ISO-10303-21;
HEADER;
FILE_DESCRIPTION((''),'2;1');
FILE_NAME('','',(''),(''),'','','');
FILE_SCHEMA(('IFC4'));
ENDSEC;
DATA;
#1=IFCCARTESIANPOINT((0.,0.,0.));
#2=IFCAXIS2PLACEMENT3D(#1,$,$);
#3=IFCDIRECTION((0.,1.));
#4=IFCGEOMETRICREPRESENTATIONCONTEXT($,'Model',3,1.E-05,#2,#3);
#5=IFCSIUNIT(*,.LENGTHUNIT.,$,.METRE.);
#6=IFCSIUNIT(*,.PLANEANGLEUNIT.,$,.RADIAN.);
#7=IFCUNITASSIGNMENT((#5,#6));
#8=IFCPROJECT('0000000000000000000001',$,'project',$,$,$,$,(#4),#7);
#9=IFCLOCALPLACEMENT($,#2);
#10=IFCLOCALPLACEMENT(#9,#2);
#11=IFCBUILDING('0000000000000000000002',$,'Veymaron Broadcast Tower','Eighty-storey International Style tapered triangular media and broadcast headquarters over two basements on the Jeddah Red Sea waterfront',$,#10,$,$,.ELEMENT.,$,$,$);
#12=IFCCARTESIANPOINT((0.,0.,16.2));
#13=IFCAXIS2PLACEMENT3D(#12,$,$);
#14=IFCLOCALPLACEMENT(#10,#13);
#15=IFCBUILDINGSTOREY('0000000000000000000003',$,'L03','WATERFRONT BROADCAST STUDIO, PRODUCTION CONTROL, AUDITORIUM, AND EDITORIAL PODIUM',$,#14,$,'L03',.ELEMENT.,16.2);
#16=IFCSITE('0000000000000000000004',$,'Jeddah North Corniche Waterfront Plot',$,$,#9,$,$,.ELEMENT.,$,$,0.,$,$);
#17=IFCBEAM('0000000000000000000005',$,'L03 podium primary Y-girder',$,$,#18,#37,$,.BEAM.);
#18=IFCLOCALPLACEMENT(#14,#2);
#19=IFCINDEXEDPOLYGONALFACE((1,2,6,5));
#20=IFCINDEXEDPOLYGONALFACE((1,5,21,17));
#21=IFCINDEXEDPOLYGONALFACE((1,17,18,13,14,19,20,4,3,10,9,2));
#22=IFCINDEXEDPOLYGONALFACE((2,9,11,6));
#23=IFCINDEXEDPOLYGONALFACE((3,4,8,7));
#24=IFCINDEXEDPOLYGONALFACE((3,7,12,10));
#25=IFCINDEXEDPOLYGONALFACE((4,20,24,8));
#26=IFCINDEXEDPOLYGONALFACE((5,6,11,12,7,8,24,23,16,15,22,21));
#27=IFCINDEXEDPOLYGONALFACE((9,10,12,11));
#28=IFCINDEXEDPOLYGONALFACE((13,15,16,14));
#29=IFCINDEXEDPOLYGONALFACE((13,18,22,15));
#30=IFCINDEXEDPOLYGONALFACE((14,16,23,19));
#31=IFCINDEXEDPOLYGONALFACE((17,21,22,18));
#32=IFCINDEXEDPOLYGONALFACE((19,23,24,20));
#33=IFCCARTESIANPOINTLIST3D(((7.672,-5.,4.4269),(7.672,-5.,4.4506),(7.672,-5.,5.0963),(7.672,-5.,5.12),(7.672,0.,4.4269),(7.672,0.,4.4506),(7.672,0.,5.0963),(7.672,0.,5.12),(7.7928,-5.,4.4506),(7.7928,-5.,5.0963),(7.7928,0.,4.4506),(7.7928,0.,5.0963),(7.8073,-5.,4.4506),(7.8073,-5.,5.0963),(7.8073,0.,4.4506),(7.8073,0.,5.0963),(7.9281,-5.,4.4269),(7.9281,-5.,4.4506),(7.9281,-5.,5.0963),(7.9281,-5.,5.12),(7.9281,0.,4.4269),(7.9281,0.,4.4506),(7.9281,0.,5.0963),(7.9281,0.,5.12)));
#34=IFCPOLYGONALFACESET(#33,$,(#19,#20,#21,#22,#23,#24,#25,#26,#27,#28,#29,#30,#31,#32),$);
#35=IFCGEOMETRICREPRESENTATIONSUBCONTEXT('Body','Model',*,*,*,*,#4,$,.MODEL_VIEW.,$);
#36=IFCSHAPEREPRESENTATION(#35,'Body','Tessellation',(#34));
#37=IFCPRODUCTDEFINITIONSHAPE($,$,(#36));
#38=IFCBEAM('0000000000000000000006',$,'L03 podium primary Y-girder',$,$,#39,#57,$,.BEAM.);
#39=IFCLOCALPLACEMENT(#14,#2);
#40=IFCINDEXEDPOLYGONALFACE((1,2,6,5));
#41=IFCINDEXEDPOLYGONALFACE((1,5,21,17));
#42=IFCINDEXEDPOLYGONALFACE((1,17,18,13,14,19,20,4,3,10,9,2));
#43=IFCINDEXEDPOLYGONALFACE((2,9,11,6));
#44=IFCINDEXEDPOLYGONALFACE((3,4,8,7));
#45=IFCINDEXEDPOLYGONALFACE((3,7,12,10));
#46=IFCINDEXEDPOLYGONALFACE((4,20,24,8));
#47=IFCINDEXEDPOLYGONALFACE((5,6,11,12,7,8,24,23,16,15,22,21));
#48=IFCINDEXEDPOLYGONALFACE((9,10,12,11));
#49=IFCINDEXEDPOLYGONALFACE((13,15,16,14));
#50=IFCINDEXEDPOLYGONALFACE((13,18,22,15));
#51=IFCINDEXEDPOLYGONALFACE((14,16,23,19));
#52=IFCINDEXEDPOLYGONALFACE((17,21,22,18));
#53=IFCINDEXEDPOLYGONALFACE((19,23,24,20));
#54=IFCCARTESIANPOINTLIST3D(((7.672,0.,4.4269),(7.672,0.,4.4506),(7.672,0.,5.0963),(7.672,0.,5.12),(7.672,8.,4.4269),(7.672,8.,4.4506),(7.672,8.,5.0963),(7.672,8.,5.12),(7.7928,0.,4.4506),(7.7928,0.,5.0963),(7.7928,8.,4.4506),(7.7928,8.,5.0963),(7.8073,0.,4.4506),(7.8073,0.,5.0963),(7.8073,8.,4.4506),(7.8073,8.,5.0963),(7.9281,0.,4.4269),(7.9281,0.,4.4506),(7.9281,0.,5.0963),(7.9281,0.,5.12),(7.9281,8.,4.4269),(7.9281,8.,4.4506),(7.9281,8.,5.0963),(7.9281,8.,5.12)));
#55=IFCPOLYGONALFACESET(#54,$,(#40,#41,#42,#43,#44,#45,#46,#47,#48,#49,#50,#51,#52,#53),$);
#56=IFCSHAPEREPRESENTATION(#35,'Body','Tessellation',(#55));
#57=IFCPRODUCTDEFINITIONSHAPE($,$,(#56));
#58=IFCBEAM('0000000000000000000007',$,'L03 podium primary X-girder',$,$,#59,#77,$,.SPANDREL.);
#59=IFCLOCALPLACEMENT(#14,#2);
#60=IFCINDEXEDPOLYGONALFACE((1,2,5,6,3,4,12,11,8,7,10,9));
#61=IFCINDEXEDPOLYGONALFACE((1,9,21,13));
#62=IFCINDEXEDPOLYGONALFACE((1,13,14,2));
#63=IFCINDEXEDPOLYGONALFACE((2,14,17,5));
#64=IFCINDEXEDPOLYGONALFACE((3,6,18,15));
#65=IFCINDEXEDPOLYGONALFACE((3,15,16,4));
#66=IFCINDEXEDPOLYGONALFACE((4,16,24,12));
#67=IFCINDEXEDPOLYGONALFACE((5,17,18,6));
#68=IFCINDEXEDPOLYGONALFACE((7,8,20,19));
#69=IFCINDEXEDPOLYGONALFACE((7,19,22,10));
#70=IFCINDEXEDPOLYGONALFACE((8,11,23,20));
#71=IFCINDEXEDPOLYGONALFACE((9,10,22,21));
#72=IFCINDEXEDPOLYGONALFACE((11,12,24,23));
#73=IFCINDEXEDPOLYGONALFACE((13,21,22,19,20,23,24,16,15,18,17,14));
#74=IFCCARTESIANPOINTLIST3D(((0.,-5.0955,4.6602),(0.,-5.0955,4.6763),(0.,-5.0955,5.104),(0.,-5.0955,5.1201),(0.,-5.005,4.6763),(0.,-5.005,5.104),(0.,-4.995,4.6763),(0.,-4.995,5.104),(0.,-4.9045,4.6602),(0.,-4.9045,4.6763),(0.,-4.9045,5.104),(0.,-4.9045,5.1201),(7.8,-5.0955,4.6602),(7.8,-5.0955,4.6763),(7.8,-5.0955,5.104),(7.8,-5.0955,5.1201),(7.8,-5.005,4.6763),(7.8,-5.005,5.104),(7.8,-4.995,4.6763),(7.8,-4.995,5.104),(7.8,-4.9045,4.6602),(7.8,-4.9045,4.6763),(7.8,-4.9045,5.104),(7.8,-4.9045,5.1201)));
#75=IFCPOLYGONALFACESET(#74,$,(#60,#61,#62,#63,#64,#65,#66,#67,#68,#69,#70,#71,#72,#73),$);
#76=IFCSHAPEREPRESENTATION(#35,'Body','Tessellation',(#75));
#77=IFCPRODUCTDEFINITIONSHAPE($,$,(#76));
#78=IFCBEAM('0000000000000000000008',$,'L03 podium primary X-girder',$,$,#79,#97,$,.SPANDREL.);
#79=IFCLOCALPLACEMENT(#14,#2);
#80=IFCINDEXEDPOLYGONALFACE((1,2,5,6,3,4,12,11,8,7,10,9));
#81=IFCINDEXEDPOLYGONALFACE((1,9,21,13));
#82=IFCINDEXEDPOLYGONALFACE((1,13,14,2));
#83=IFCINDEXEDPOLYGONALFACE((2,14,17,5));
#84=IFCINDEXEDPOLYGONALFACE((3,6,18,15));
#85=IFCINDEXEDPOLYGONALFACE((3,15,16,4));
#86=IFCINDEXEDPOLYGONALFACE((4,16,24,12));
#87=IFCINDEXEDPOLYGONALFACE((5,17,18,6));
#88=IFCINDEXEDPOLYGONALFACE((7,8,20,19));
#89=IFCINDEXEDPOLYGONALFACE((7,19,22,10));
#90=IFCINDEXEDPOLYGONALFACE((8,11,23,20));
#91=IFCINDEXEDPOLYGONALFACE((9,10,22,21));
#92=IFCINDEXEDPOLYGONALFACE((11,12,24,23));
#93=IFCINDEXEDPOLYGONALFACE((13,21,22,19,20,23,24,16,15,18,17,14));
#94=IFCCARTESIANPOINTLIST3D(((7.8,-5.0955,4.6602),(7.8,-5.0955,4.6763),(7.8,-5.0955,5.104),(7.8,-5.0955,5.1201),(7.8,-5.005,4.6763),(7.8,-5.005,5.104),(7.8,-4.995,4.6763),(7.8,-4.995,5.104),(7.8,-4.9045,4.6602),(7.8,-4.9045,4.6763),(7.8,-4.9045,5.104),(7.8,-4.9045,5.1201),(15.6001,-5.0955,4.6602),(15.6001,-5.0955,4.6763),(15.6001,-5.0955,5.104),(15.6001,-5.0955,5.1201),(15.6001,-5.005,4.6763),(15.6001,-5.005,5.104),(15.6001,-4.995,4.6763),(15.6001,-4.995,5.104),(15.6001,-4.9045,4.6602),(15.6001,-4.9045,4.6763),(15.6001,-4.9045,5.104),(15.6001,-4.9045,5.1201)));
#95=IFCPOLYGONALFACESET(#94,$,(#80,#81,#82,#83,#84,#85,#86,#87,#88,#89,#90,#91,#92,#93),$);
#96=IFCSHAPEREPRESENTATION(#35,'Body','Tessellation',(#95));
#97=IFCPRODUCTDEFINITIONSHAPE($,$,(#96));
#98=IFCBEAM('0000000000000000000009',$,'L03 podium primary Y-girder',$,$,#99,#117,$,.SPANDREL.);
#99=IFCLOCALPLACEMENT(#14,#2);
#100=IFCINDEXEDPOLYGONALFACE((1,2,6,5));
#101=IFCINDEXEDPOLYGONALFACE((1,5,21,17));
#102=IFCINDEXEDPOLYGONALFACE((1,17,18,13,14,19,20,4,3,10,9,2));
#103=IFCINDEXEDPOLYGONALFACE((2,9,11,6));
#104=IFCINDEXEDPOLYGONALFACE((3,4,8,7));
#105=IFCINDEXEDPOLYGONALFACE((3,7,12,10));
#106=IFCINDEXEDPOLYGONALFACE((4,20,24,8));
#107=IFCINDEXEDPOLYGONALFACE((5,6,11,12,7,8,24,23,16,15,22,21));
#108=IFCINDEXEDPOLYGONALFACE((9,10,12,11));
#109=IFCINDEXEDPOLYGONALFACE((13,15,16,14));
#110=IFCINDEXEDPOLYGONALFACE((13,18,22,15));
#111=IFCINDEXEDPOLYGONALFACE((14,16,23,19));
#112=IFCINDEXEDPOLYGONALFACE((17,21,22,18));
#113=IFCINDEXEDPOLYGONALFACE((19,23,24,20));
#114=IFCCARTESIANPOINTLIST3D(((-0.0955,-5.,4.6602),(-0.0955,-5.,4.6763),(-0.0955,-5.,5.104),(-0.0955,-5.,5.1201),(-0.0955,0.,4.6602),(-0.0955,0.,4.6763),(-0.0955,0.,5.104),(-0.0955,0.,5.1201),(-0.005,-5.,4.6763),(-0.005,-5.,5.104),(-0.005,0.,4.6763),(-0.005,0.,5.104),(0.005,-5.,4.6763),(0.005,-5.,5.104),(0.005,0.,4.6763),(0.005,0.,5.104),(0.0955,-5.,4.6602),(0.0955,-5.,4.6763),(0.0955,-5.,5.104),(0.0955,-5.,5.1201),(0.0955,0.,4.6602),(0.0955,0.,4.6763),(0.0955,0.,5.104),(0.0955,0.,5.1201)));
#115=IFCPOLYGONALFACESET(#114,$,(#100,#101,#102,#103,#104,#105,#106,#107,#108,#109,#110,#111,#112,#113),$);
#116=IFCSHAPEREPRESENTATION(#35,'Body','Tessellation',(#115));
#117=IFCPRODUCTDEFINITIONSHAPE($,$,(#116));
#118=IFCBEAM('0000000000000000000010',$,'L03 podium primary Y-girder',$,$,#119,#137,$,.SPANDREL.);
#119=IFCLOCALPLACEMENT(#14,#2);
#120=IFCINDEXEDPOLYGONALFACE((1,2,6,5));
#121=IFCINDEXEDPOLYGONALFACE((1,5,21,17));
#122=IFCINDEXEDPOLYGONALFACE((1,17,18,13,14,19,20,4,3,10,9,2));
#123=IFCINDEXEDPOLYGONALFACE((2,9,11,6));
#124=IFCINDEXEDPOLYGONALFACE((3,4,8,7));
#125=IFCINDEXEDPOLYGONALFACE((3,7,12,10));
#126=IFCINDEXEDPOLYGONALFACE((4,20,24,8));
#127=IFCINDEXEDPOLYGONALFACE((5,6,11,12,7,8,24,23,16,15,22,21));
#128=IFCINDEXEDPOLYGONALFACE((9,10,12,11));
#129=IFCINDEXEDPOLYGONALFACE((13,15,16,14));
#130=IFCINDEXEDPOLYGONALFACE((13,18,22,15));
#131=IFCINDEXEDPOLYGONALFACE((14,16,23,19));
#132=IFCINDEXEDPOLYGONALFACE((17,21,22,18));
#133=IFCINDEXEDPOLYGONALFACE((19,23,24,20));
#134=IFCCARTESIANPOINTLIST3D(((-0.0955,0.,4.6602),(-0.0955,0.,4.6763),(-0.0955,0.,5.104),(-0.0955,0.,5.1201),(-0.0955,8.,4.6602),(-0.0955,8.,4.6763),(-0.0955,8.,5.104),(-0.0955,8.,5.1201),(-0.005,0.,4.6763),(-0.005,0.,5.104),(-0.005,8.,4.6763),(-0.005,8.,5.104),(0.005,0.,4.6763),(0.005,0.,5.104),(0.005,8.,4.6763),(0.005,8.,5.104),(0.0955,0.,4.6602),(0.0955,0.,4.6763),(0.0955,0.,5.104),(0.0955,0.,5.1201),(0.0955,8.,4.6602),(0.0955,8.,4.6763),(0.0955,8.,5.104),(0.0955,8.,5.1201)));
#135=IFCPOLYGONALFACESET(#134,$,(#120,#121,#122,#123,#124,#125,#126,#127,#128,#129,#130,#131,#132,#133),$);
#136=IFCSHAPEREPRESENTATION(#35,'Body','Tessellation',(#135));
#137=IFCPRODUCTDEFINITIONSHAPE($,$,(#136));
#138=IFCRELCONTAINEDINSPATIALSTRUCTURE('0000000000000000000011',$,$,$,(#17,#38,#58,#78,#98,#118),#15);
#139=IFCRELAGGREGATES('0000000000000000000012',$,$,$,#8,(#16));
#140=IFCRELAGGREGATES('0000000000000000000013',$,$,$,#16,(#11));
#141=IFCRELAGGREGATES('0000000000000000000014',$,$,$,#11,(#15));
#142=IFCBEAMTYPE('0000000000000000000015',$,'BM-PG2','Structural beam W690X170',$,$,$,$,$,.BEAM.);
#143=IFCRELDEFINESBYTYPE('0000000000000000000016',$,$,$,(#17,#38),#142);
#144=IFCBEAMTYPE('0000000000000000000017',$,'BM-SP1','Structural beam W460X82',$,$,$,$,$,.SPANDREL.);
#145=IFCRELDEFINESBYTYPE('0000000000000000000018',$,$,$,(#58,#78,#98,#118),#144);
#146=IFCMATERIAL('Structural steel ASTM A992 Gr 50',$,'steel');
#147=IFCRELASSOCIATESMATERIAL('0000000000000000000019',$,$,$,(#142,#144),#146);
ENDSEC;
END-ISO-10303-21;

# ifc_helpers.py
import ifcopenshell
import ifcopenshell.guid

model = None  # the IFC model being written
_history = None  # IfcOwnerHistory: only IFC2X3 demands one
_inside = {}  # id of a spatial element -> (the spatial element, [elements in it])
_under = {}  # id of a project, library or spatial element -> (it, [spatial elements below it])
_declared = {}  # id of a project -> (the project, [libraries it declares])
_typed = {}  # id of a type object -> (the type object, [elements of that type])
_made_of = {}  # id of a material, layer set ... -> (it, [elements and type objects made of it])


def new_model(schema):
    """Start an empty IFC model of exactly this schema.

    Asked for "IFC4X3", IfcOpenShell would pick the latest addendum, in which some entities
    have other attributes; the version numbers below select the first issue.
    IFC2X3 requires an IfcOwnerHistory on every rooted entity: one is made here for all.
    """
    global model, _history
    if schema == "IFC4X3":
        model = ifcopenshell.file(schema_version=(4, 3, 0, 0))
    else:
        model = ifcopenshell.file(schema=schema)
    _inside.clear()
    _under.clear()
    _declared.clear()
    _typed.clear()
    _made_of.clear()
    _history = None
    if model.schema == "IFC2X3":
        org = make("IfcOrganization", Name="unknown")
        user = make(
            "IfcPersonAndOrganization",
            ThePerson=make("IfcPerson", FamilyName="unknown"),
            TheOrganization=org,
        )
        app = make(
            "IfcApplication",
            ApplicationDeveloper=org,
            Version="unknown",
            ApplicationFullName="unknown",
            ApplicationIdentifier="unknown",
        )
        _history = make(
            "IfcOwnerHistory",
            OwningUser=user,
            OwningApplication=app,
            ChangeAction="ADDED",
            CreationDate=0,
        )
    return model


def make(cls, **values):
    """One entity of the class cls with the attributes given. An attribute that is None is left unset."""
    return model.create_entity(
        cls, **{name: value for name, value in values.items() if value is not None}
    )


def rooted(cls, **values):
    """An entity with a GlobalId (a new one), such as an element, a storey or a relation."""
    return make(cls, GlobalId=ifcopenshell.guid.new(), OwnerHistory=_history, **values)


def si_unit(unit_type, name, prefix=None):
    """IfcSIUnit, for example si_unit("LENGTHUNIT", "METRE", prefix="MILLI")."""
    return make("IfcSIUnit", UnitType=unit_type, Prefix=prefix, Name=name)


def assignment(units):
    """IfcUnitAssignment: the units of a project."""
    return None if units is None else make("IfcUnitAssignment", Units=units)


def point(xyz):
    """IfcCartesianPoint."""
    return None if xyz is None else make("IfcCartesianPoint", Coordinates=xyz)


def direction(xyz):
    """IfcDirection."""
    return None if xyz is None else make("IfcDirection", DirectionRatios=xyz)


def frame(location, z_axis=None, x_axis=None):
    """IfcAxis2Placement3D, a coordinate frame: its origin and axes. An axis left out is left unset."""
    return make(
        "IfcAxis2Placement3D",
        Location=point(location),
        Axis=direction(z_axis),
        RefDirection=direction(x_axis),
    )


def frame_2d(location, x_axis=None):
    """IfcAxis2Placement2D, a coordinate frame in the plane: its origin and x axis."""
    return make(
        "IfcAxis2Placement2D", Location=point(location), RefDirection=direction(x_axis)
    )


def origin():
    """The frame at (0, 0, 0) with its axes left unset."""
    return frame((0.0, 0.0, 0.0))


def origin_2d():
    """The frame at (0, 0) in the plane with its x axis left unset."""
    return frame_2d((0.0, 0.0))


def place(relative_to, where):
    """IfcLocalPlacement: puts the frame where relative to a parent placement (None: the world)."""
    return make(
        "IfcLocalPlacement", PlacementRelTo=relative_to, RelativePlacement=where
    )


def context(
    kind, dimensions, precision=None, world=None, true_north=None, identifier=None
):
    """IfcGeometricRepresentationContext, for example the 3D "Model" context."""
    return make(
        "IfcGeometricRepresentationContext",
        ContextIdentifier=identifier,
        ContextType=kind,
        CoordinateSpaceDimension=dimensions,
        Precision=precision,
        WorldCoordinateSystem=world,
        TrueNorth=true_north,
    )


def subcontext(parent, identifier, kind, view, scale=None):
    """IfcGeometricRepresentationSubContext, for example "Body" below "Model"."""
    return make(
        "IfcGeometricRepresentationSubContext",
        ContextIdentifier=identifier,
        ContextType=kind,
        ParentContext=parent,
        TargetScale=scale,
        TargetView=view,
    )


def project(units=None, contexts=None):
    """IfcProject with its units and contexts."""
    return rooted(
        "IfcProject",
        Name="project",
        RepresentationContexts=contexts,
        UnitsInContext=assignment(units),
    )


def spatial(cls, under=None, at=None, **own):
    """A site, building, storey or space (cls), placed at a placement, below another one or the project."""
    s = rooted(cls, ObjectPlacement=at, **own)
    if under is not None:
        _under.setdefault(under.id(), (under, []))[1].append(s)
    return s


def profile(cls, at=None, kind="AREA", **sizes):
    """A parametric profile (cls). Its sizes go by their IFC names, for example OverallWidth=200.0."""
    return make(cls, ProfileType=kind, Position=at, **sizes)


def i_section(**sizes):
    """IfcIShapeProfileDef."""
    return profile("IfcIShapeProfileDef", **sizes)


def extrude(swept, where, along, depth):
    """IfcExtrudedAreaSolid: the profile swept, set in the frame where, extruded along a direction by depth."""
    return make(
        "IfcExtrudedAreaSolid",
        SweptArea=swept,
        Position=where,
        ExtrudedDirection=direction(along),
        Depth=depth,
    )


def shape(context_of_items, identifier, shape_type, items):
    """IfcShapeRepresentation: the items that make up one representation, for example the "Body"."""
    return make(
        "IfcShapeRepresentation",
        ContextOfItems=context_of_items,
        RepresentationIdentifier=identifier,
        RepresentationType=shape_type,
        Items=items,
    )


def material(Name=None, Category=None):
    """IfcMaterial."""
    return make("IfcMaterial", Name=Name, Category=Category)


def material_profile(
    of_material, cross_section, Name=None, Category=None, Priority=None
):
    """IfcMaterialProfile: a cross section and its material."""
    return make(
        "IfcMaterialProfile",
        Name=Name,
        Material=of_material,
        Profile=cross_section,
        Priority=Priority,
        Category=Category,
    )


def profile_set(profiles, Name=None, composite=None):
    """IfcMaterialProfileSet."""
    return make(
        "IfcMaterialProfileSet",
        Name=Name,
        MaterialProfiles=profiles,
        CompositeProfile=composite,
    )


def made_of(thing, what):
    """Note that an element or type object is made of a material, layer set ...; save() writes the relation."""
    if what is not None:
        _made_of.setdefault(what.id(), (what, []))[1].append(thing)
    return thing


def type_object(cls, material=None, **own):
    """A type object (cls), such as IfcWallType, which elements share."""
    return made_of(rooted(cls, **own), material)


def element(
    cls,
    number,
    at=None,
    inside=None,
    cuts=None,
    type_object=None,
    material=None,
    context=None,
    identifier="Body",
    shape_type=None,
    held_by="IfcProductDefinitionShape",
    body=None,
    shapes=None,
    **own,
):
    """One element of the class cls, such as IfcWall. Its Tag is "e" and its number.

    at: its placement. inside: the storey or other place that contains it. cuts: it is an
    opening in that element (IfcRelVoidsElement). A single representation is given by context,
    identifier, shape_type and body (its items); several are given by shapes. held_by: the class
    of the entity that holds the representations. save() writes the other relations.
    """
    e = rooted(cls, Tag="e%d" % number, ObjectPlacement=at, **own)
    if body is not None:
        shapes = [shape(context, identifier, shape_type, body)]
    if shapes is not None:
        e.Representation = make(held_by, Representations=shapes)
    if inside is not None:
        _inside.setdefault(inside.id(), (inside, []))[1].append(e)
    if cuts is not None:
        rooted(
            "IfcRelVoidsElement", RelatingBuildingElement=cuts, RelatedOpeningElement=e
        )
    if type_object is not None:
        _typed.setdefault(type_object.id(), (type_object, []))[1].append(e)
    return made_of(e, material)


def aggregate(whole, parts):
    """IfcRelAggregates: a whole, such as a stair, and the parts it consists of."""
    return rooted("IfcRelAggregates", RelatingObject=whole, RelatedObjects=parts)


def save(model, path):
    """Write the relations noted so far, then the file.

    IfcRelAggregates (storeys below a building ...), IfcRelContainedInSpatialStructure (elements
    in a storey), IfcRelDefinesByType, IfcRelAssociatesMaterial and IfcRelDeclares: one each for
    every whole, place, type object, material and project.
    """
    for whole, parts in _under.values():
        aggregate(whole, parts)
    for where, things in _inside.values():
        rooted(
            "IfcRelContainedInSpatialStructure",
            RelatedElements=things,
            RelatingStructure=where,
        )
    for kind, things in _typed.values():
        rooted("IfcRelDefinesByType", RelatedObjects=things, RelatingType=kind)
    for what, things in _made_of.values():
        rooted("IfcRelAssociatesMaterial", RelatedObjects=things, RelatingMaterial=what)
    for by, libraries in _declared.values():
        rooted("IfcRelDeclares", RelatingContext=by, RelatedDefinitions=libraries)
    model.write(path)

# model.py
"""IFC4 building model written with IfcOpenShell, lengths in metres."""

from ifc_helpers import new_model, si_unit, direction, frame, origin, origin_2d, place, context, subcontext, project, spatial, i_section, extrude, material, material_profile, profile_set, type_object, element, save


model = new_model("IFC4")

# Units and contexts
model_context = context("Model", 3, precision=1e-05, world=origin(), true_north=direction((0.0, 1.0)))
body_context = subcontext(model_context, "Body", "Model", "MODEL_VIEW")
ifc_project = project(units=[si_unit("LENGTHUNIT", "METRE"), si_unit("PLANEANGLEUNIT", "RADIAN")], contexts=[model_context])

# Site, building, storey
site_placement = place(None, origin())
site = spatial("IfcSite", under=ifc_project, at=site_placement, Name="Jeddah North Corniche Waterfront Plot", CompositionType="ELEMENT", RefElevation=0.0)
building_placement = place(site_placement, origin())
building = spatial("IfcBuilding", under=site, at=building_placement, Name="Veymaron Broadcast Tower", Description="Eighty-storey International Style tapered triangular media and broadcast headquarters over two basements on the Jeddah Red Sea waterfront", CompositionType="ELEMENT")
storey_placement = place(building_placement, frame((0.0, 0.0, 16.2)))
storey = spatial("IfcBuildingStorey", under=building, at=storey_placement, Name="L03", Description="WATERFRONT BROADCAST STUDIO, PRODUCTION CONTROL, AUDITORIUM, AND EDITORIAL PODIUM", LongName="L03", CompositionType="ELEMENT", Elevation=16.2)

# Beams
ifc_material_1 = material(Name="Structural steel ASTM A992 Gr 50", Category="steel")
ifc_material_profile_1 = material_profile(ifc_material_1, i_section(OverallWidth=0.2561, OverallDepth=0.6931, WebThickness=0.0144, FlangeThickness=0.0237, at=origin_2d()), Name="W690X170")
ifc_profile_set_1 = profile_set([ifc_material_profile_1], Name="Structural steel ASTM A992 Gr 50")
beam_type_1 = type_object("IfcBeamType", Name="BM-PG2", Description="Structural beam W690X170", PredefinedType="BEAM", material=ifc_profile_set_1)
beam_1_placement = place(storey_placement, frame((7.8, -5.0, 4.7734), z_axis=(0.0, 1.0, 0.0), x_axis=(-1.0, 0.0, 0.0)))
element("IfcBeam", 1, at=beam_1_placement, inside=storey, type_object=beam_type_1, Name="L03 podium primary Y-girder", PredefinedType="BEAM", context=body_context, shape_type="SweptSolid", body=[
    extrude(i_section(OverallWidth=0.2561, OverallDepth=0.6931, WebThickness=0.0144, FlangeThickness=0.0237, at=origin_2d()), origin(), (0.0, 0.0, 1.0), 5.0),
])
beam_2_placement = place(storey_placement, frame((7.8, 0.0, 4.7734), z_axis=(0.0, 1.0, 0.0), x_axis=(-1.0, 0.0, 0.0)))
element("IfcBeam", 2, at=beam_2_placement, inside=storey, type_object=beam_type_1, Name="L03 podium primary Y-girder", PredefinedType="BEAM", context=body_context, shape_type="SweptSolid", body=[
    extrude(i_section(OverallWidth=0.2561, OverallDepth=0.6931, WebThickness=0.0144, FlangeThickness=0.0237, at=origin_2d()), origin(), (0.0, 0.0, 1.0), 8.0),
])
ifc_material_profile_2 = material_profile(ifc_material_1, i_section(OverallWidth=0.1909, OverallDepth=0.46, WebThickness=0.01, FlangeThickness=0.0161, at=origin_2d()), Name="W460X82")
ifc_profile_set_2 = profile_set([ifc_material_profile_2], Name="Structural steel ASTM A992 Gr 50")
beam_type_2 = type_object("IfcBeamType", Name="BM-SP1", Description="Structural beam W460X82", PredefinedType="SPANDREL", material=ifc_profile_set_2)
for number, where, z_axis, x_axis, name in (
    (3, (0.0, -5.0, 4.8901), (1.0, 0.0, 0.0), (0.0, 1.0, 0.0), "L03 podium primary X-girder"),
    (4, (7.8, -5.0, 4.8901), (1.0, 0.0, 0.0), (0.0, 1.0, 0.0), "L03 podium primary X-girder"),
):
    element("IfcBeam", number, at=place(storey_placement, frame(where, z_axis=z_axis, x_axis=x_axis)), inside=storey, type_object=beam_type_2, Name=name, PredefinedType="SPANDREL", context=body_context, shape_type="SweptSolid", body=[
        extrude(i_section(OverallWidth=0.1909, OverallDepth=0.46, WebThickness=0.01, FlangeThickness=0.0161, at=origin_2d()), origin(), (0.0, 0.0, 1.0), 7.8),
    ])
beam_3_placement = place(storey_placement, frame((0.0, -5.0, 4.8901), z_axis=(0.0, 1.0, 0.0), x_axis=(-1.0, 0.0, 0.0)))
element("IfcBeam", 5, at=beam_3_placement, inside=storey, type_object=beam_type_2, Name="L03 podium primary Y-girder", PredefinedType="SPANDREL", context=body_context, shape_type="SweptSolid", body=[
    extrude(i_section(OverallWidth=0.1909, OverallDepth=0.46, WebThickness=0.01, FlangeThickness=0.0161, at=origin_2d()), origin(), (0.0, 0.0, 1.0), 5.0),
])
beam_4_placement = place(storey_placement, frame((0.0, 0.0, 4.8901), z_axis=(0.0, 1.0, 0.0), x_axis=(-1.0, 0.0, 0.0)))
element("IfcBeam", 6, at=beam_4_placement, inside=storey, type_object=beam_type_2, Name="L03 podium primary Y-girder", PredefinedType="SPANDREL", context=body_context, shape_type="SweptSolid", body=[
    extrude(i_section(OverallWidth=0.1909, OverallDepth=0.46, WebThickness=0.01, FlangeThickness=0.0161, at=origin_2d()), origin(), (0.0, 0.0, 1.0), 8.0),
])

save(model, "model.ifc")
